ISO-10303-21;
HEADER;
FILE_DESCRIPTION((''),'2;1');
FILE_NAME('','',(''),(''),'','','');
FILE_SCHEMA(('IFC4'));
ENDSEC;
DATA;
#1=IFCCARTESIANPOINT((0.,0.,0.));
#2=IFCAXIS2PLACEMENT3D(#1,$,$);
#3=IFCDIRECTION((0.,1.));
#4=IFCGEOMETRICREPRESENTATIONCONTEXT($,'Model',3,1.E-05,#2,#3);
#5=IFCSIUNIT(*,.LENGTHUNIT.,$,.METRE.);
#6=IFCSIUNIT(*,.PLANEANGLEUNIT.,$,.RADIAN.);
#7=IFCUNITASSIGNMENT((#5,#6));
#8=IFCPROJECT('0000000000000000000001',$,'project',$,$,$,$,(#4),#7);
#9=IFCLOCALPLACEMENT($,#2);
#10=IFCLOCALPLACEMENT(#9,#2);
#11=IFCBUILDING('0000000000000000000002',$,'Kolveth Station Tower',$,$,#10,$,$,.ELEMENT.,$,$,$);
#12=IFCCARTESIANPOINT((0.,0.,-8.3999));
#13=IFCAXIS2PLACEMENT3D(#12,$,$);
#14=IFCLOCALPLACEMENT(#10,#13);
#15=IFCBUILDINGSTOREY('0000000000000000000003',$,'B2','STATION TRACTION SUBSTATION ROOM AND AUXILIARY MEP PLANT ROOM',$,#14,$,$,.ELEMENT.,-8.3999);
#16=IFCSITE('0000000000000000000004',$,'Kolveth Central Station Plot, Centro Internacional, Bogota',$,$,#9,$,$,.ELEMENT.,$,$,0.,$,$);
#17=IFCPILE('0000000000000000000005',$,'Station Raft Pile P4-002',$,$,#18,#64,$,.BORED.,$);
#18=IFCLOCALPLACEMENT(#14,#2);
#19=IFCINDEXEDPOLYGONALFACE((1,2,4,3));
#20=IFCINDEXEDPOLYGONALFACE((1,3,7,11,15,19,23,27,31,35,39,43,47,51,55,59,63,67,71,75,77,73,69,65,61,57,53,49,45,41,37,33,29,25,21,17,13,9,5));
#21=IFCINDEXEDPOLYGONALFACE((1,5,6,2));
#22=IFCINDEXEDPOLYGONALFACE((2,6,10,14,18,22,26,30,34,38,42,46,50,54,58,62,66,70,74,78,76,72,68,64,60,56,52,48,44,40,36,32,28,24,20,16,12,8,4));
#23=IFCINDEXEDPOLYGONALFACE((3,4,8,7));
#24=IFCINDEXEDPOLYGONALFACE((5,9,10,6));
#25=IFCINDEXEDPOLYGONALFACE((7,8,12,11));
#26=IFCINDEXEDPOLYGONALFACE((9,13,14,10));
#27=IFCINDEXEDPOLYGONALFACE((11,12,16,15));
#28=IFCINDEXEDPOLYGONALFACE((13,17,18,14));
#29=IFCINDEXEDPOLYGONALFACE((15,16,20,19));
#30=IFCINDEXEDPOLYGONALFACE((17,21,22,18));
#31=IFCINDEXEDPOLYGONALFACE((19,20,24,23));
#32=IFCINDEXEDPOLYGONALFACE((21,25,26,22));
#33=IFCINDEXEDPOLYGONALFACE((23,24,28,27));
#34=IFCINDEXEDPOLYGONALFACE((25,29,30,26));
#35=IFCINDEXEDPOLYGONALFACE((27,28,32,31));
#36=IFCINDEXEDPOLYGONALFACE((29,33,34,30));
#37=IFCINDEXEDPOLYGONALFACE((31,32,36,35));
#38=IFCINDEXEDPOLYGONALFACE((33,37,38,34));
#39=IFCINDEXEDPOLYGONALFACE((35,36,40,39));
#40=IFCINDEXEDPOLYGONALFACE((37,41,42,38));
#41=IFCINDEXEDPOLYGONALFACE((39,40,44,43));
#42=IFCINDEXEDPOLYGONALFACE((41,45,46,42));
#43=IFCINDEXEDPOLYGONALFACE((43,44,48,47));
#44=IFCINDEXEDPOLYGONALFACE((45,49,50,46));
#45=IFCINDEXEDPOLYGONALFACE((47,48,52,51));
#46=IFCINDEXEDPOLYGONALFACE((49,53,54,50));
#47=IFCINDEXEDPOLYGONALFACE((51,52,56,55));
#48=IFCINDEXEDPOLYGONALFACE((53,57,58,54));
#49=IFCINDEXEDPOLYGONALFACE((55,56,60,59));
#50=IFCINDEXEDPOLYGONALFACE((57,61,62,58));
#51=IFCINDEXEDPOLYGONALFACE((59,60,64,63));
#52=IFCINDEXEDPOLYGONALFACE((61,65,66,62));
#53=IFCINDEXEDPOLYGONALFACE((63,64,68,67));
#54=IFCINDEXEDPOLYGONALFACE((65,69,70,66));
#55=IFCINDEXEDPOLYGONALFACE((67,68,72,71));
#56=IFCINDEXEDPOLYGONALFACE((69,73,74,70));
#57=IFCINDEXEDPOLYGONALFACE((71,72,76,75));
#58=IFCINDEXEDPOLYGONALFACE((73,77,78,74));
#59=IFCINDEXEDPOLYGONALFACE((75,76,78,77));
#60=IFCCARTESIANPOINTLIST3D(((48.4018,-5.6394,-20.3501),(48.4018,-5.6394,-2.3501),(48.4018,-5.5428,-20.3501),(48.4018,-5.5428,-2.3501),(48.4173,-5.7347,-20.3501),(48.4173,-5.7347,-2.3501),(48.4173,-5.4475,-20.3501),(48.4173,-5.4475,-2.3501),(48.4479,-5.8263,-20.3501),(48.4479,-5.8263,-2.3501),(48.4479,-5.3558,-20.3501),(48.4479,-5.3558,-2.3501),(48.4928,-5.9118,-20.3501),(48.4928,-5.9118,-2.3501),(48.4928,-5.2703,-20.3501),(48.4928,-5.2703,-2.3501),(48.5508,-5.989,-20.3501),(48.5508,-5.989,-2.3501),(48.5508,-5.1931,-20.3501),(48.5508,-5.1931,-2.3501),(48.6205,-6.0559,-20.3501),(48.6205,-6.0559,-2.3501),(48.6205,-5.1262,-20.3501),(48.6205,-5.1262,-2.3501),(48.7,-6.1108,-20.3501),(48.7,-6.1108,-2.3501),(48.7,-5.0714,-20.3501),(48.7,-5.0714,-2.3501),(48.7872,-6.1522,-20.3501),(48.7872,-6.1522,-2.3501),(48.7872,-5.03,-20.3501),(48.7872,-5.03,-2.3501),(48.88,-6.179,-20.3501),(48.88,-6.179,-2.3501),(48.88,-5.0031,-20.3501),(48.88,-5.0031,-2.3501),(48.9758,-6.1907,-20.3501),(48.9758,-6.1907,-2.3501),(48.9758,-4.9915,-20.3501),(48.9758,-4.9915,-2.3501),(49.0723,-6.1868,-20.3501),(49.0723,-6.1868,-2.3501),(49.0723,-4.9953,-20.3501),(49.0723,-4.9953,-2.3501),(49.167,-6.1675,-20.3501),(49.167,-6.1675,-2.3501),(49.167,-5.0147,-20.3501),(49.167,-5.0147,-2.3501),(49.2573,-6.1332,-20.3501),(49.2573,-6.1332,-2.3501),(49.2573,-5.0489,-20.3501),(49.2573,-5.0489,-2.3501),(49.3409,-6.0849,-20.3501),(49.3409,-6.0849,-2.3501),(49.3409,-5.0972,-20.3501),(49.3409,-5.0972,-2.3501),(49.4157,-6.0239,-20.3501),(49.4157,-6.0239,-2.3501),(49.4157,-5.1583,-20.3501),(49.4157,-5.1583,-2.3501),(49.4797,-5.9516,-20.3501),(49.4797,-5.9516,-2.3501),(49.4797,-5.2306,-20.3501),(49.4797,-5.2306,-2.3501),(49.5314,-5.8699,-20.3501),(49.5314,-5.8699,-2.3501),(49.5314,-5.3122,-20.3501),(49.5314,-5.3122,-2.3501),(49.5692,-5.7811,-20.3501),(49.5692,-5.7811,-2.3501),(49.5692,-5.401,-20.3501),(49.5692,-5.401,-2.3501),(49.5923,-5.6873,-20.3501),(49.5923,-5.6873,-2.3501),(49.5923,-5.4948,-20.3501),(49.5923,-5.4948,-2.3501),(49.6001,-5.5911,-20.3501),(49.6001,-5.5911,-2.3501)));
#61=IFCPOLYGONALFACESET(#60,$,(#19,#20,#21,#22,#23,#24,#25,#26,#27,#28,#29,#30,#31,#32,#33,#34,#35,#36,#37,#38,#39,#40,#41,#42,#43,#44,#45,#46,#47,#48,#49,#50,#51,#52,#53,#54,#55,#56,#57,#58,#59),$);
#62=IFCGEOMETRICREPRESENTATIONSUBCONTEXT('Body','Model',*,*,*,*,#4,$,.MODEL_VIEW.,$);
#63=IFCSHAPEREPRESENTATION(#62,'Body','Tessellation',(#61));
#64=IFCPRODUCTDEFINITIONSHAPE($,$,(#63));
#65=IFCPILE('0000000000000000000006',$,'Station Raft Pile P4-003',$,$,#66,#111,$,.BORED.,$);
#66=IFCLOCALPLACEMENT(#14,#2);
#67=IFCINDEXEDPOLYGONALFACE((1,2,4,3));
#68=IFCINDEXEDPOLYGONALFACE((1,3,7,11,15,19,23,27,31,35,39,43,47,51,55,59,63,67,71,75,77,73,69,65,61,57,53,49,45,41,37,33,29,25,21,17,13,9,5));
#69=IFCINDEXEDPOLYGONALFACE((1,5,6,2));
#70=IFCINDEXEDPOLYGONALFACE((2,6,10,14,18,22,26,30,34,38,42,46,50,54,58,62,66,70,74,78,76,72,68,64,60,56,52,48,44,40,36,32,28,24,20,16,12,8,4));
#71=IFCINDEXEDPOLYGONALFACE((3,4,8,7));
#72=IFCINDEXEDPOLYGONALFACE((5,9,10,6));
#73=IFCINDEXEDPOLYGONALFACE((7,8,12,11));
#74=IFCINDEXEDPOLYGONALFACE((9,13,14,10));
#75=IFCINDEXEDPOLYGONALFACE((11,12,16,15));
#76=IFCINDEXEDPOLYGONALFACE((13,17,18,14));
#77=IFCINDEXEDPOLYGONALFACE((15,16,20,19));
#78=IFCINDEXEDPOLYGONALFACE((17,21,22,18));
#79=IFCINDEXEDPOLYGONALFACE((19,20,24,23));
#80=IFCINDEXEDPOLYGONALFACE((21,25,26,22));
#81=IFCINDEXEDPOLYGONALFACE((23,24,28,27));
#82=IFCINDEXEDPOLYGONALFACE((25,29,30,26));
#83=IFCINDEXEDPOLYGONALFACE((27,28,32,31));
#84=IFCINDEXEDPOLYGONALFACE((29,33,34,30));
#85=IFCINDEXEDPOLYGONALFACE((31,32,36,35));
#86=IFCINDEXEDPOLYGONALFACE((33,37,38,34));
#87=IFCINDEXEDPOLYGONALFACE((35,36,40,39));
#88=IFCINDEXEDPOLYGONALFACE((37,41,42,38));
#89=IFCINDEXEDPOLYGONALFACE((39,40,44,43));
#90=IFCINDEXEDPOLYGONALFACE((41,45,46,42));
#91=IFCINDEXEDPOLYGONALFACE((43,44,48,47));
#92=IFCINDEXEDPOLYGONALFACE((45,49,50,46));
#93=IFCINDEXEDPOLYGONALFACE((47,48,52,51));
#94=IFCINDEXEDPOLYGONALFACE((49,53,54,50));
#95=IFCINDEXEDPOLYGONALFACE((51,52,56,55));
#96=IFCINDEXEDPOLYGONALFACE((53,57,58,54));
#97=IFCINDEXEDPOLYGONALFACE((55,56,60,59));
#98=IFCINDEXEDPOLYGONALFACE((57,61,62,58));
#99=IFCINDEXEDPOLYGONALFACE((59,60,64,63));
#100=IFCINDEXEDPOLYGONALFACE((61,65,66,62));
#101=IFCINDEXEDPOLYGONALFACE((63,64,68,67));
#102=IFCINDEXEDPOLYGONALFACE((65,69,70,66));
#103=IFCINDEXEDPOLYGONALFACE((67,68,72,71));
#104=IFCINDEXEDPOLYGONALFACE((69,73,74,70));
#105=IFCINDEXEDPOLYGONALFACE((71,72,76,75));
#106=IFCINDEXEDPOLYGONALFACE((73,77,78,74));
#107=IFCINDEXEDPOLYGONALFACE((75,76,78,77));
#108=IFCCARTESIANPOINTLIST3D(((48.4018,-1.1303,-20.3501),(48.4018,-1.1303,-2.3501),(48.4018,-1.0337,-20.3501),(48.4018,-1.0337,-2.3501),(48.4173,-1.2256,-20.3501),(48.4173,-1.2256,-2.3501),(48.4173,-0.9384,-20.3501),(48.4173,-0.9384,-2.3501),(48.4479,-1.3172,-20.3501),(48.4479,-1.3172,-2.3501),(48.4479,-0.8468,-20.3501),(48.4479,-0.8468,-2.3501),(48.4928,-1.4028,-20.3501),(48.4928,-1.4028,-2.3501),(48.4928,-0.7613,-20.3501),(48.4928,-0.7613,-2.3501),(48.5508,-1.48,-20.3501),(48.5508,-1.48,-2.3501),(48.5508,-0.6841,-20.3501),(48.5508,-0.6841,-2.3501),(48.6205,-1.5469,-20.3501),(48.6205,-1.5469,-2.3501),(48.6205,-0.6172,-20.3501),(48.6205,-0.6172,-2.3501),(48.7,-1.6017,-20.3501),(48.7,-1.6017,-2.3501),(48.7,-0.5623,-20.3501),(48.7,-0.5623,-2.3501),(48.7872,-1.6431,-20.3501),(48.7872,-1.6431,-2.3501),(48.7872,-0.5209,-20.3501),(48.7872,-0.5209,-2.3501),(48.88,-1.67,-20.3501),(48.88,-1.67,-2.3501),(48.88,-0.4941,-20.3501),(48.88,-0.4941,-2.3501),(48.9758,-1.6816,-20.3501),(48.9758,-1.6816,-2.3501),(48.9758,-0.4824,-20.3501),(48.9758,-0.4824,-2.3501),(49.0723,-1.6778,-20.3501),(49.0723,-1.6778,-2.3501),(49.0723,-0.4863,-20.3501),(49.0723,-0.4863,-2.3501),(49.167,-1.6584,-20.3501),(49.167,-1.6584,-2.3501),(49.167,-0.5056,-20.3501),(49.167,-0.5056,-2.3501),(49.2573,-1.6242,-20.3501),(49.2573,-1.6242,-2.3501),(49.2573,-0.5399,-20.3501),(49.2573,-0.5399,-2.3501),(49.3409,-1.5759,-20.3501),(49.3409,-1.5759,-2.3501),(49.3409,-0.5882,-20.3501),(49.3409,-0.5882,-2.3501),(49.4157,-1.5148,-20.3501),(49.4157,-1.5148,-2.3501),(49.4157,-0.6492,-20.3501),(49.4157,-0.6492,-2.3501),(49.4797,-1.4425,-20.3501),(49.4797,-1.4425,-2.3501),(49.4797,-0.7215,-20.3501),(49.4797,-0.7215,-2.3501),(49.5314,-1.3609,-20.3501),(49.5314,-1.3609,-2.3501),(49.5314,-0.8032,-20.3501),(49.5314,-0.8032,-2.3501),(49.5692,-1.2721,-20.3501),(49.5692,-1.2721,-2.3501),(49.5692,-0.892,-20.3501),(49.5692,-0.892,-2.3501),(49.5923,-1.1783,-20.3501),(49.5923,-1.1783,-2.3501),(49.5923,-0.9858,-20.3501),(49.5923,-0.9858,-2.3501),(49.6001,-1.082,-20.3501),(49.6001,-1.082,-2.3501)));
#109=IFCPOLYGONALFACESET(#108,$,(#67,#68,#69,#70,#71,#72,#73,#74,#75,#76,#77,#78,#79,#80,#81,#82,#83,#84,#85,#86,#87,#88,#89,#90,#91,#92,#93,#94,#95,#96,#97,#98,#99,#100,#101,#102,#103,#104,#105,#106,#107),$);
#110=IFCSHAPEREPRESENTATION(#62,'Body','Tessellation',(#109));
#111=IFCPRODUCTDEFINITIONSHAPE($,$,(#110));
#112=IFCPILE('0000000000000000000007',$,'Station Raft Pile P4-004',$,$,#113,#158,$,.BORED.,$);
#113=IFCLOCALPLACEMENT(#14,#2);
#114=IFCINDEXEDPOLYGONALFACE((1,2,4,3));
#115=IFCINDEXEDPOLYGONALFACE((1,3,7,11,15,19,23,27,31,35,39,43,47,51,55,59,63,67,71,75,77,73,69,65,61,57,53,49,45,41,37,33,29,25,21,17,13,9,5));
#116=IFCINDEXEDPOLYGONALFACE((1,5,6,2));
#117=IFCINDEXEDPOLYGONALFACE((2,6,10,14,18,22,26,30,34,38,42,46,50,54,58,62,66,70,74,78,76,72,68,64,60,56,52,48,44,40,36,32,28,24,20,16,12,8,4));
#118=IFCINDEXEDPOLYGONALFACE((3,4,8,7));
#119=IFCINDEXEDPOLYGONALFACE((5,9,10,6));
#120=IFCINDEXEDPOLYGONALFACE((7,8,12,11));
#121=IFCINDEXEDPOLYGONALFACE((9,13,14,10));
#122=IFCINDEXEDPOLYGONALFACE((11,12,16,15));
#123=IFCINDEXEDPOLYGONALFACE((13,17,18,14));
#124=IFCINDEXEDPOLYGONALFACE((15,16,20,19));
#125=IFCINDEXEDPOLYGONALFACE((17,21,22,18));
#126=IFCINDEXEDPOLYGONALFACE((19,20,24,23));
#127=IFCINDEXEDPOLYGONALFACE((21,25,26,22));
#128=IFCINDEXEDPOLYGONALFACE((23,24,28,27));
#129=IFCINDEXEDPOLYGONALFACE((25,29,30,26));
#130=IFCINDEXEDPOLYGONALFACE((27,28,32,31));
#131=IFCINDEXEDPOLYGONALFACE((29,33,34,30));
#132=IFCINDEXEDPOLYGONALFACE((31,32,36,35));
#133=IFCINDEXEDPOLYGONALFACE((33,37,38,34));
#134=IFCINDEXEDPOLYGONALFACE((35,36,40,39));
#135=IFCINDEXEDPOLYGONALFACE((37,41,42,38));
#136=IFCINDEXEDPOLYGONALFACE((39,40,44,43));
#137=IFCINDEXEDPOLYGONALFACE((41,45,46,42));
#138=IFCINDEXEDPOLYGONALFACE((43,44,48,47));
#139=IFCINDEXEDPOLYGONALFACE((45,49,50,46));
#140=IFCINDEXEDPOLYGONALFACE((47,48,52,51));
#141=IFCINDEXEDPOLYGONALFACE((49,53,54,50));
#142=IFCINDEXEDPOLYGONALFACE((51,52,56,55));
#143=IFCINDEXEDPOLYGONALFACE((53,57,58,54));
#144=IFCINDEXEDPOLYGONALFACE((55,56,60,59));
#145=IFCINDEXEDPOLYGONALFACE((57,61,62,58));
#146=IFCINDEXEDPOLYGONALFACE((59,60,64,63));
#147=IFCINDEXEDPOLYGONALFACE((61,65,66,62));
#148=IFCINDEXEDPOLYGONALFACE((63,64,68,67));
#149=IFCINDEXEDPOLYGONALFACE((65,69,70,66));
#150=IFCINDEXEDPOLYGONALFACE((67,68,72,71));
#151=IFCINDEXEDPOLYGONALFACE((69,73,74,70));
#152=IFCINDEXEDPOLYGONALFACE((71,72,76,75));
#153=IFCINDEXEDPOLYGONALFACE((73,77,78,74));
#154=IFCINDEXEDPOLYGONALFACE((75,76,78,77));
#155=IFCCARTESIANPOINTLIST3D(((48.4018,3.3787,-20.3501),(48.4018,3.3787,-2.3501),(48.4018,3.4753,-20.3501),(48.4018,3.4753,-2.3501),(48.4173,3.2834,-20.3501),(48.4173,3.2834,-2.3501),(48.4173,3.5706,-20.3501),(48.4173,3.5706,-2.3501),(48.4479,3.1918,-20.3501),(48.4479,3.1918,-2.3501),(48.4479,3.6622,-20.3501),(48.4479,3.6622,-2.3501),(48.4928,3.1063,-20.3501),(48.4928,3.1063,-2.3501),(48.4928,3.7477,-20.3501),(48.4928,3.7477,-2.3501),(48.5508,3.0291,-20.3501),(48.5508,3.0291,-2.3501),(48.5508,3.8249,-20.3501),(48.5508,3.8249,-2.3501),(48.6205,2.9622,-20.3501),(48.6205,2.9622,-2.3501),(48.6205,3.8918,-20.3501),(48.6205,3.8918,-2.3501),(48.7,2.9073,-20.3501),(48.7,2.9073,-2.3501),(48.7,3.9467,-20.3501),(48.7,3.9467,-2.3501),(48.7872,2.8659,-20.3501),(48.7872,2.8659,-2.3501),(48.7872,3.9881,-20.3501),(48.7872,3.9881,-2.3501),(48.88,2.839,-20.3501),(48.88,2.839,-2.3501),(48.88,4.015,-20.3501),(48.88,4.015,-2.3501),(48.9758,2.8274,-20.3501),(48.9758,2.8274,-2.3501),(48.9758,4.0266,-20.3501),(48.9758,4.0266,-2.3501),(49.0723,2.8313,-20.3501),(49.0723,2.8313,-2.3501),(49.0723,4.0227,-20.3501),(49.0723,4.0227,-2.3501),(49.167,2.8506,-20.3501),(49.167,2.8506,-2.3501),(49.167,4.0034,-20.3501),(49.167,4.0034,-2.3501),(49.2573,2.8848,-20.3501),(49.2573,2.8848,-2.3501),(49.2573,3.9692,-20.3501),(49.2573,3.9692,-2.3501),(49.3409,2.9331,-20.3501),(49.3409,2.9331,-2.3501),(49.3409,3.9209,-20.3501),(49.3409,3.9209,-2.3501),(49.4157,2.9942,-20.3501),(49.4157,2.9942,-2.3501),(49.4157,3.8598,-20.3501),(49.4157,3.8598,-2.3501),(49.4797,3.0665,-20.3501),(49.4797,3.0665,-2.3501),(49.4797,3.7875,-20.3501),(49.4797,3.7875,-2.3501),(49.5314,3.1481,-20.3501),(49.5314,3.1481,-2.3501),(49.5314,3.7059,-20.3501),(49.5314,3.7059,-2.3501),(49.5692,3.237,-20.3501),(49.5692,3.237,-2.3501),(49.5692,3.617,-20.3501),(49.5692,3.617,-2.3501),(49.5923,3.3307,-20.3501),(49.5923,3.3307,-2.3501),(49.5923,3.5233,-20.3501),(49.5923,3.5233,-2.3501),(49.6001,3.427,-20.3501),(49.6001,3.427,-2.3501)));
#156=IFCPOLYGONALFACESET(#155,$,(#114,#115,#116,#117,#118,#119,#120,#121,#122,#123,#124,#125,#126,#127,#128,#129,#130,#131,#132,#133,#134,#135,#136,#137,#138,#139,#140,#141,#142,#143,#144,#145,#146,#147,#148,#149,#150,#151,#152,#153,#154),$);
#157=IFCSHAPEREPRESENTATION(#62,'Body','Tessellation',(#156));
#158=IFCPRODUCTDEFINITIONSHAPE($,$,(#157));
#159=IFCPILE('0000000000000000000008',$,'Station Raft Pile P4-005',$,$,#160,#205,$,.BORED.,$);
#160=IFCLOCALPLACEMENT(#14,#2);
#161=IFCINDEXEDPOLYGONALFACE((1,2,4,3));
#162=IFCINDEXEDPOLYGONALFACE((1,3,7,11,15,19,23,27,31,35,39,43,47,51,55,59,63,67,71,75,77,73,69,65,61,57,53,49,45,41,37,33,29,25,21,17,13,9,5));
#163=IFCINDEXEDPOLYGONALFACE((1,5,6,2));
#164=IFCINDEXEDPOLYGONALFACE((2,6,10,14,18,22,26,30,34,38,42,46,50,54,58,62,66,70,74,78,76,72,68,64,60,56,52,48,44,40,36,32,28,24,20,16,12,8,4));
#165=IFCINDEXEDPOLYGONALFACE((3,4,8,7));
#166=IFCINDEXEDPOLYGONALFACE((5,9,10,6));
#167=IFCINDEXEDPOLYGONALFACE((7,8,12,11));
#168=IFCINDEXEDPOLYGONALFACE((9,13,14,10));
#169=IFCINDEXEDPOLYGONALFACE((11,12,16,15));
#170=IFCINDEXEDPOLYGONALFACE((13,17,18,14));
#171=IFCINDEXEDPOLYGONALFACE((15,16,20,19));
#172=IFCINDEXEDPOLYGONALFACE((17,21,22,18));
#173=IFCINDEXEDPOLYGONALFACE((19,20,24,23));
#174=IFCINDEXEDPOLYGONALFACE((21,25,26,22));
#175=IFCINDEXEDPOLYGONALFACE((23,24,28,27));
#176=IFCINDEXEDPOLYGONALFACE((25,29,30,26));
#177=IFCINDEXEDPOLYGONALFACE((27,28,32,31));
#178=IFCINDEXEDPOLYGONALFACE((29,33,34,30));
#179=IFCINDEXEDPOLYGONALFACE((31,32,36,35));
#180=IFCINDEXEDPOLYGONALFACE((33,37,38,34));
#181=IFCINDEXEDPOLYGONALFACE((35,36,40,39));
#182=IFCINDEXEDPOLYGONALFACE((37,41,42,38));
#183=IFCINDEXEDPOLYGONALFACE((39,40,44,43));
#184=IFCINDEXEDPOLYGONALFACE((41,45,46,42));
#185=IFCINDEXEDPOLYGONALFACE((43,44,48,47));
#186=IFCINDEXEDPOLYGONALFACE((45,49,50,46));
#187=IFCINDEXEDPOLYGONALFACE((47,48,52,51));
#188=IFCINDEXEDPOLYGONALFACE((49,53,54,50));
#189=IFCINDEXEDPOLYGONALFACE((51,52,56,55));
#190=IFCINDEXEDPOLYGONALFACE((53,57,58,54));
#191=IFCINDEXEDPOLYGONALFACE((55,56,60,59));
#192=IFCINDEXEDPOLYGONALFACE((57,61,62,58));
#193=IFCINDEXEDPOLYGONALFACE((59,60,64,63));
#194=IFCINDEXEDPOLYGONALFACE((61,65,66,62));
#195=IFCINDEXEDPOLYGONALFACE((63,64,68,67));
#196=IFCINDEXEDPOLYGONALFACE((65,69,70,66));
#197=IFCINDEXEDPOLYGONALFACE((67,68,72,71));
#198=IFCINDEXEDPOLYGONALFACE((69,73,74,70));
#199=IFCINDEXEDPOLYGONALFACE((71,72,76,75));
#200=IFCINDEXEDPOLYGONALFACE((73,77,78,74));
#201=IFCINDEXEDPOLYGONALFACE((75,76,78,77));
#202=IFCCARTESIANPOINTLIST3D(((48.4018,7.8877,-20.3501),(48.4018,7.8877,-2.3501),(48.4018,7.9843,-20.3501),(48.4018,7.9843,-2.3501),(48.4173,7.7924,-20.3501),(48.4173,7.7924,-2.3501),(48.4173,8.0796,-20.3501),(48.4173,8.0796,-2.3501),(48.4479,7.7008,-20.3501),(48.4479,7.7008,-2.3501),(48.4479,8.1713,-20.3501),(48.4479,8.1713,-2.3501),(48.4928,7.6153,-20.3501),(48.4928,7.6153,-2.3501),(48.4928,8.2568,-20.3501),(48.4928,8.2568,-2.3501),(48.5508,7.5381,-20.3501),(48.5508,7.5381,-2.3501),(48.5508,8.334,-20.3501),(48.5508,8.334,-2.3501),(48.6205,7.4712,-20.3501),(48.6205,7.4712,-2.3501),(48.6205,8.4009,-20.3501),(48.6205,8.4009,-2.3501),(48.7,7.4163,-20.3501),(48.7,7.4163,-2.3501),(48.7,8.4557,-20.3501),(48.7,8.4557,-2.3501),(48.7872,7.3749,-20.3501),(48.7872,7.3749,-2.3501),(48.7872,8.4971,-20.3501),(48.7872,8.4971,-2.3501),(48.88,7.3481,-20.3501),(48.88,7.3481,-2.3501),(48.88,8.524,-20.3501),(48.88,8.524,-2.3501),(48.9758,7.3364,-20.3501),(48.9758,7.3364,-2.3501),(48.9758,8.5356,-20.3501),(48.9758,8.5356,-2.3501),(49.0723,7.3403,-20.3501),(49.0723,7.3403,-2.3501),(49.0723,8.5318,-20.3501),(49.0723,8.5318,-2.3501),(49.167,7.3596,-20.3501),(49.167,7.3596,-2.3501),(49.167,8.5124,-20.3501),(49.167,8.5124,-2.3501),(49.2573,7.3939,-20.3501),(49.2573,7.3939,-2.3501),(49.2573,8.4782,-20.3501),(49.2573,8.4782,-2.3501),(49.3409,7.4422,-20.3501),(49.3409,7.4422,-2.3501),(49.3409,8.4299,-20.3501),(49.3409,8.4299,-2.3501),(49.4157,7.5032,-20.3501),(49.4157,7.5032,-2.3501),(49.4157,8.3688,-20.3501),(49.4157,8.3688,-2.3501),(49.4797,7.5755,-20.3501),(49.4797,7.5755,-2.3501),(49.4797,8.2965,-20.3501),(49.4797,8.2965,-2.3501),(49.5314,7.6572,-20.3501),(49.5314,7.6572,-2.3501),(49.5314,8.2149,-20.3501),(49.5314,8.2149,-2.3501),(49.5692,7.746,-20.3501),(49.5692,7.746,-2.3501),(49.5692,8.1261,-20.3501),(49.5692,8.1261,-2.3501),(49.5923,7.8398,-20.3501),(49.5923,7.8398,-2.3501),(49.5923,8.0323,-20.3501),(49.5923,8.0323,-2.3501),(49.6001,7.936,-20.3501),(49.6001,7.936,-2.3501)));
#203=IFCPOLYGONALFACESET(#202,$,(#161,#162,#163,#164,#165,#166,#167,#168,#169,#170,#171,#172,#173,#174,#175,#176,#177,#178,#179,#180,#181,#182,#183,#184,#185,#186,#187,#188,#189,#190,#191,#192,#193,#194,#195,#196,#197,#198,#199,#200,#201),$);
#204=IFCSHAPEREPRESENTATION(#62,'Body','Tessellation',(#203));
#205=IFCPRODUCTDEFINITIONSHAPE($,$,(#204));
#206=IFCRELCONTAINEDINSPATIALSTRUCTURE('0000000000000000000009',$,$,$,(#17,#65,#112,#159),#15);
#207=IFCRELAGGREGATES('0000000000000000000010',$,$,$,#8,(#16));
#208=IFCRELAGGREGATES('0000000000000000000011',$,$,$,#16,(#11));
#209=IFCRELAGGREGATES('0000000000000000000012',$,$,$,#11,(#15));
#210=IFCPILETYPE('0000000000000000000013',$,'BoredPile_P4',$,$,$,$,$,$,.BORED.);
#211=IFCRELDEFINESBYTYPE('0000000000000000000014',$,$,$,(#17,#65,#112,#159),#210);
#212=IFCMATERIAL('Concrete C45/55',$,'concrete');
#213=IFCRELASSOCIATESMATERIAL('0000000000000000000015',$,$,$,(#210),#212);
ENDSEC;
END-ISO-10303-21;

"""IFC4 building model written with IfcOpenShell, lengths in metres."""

from ifc_helpers import new_model, si_unit, direction, frame, origin, origin_2d, place, context, subcontext, project, spatial, circle, extrude, source, transform, mapped, material, material_profile, profile_set, type_object, element, save


model = new_model("IFC4")

# Units and contexts
model_context = context("Model", 3, precision=1e-05, world=origin(), true_north=direction((0.0, 1.0)))
body_context = subcontext(model_context, "Body", "Model", "MODEL_VIEW")
ifc_project = project(units=[si_unit("LENGTHUNIT", "METRE"), si_unit("PLANEANGLEUNIT", "RADIAN")], contexts=[model_context])

# Site, building, storey
site_placement = place(None, origin())
site = spatial("IfcSite", under=ifc_project, at=site_placement, Name="Kolveth Central Station Plot, Centro Internacional, Bogota", CompositionType="ELEMENT", RefElevation=0.0)
building_placement = place(site_placement, origin())
building = spatial("IfcBuilding", under=site, at=building_placement, Name="Kolveth Station Tower", CompositionType="ELEMENT")
storey_placement = place(building_placement, frame((0.0, 0.0, -8.3999)))
storey = spatial("IfcBuildingStorey", under=building, at=storey_placement, Name="B2", Description="STATION TRACTION SUBSTATION ROOM AND AUXILIARY MEP PLANT ROOM", CompositionType="ELEMENT", Elevation=-8.3999)

# Piles
ifc_material_1 = material(Name="Concrete C45/55", Category="concrete")
ifc_material_profile_1 = material_profile(ifc_material_1, circle(Radius=0.6001, at=origin_2d()), Name="PILE-D1200")
ifc_profile_set_1 = profile_set([ifc_material_profile_1], Name="Concrete C45/55")
pile_type = type_object("IfcPileType", Name="BoredPile_P4", PredefinedType="BORED", material=ifc_profile_set_1)
shared_shape_1 = source(origin(), body_context, "Body", "SweptSolid", [
    extrude(circle(Radius=0.6001, at=origin_2d()), origin(), (0.0, 0.0, 1.0), 18.0),
])
for number, where, z_axis, x_axis, name in (
    (1, (49.0, -5.5911, -2.3501), (0.0, 0.0, -1.0), (1.0, 0.0, 0.0), "Station Raft Pile P4-002"),
    (2, (49.0, -1.082, -2.3501), (0.0, 0.0, -1.0), (1.0, 0.0, 0.0), "Station Raft Pile P4-003"),
    (3, (49.0, 3.427, -2.3501), (0.0, 0.0, -1.0), (1.0, 0.0, 0.0), "Station Raft Pile P4-004"),
    (4, (49.0, 7.936, -2.3501), (0.0, 0.0, -1.0), (1.0, 0.0, 0.0), "Station Raft Pile P4-005"),
):
    element("IfcPile", number, at=place(storey_placement, frame(where, z_axis=z_axis, x_axis=x_axis)), inside=storey, type_object=pile_type, Name=name, PredefinedType="BORED", context=body_context, shape_type="MappedRepresentation", body=[
        mapped(shared_shape_1, transform((0.0, 0.0, 0.0), x_axis=(1.0, 0.0, 0.0), y_axis=(0.0, 1.0, 0.0), z_axis=(0.0, 0.0, 1.0), scale=1.0)),
    ])

save(model, "model.ifc")
